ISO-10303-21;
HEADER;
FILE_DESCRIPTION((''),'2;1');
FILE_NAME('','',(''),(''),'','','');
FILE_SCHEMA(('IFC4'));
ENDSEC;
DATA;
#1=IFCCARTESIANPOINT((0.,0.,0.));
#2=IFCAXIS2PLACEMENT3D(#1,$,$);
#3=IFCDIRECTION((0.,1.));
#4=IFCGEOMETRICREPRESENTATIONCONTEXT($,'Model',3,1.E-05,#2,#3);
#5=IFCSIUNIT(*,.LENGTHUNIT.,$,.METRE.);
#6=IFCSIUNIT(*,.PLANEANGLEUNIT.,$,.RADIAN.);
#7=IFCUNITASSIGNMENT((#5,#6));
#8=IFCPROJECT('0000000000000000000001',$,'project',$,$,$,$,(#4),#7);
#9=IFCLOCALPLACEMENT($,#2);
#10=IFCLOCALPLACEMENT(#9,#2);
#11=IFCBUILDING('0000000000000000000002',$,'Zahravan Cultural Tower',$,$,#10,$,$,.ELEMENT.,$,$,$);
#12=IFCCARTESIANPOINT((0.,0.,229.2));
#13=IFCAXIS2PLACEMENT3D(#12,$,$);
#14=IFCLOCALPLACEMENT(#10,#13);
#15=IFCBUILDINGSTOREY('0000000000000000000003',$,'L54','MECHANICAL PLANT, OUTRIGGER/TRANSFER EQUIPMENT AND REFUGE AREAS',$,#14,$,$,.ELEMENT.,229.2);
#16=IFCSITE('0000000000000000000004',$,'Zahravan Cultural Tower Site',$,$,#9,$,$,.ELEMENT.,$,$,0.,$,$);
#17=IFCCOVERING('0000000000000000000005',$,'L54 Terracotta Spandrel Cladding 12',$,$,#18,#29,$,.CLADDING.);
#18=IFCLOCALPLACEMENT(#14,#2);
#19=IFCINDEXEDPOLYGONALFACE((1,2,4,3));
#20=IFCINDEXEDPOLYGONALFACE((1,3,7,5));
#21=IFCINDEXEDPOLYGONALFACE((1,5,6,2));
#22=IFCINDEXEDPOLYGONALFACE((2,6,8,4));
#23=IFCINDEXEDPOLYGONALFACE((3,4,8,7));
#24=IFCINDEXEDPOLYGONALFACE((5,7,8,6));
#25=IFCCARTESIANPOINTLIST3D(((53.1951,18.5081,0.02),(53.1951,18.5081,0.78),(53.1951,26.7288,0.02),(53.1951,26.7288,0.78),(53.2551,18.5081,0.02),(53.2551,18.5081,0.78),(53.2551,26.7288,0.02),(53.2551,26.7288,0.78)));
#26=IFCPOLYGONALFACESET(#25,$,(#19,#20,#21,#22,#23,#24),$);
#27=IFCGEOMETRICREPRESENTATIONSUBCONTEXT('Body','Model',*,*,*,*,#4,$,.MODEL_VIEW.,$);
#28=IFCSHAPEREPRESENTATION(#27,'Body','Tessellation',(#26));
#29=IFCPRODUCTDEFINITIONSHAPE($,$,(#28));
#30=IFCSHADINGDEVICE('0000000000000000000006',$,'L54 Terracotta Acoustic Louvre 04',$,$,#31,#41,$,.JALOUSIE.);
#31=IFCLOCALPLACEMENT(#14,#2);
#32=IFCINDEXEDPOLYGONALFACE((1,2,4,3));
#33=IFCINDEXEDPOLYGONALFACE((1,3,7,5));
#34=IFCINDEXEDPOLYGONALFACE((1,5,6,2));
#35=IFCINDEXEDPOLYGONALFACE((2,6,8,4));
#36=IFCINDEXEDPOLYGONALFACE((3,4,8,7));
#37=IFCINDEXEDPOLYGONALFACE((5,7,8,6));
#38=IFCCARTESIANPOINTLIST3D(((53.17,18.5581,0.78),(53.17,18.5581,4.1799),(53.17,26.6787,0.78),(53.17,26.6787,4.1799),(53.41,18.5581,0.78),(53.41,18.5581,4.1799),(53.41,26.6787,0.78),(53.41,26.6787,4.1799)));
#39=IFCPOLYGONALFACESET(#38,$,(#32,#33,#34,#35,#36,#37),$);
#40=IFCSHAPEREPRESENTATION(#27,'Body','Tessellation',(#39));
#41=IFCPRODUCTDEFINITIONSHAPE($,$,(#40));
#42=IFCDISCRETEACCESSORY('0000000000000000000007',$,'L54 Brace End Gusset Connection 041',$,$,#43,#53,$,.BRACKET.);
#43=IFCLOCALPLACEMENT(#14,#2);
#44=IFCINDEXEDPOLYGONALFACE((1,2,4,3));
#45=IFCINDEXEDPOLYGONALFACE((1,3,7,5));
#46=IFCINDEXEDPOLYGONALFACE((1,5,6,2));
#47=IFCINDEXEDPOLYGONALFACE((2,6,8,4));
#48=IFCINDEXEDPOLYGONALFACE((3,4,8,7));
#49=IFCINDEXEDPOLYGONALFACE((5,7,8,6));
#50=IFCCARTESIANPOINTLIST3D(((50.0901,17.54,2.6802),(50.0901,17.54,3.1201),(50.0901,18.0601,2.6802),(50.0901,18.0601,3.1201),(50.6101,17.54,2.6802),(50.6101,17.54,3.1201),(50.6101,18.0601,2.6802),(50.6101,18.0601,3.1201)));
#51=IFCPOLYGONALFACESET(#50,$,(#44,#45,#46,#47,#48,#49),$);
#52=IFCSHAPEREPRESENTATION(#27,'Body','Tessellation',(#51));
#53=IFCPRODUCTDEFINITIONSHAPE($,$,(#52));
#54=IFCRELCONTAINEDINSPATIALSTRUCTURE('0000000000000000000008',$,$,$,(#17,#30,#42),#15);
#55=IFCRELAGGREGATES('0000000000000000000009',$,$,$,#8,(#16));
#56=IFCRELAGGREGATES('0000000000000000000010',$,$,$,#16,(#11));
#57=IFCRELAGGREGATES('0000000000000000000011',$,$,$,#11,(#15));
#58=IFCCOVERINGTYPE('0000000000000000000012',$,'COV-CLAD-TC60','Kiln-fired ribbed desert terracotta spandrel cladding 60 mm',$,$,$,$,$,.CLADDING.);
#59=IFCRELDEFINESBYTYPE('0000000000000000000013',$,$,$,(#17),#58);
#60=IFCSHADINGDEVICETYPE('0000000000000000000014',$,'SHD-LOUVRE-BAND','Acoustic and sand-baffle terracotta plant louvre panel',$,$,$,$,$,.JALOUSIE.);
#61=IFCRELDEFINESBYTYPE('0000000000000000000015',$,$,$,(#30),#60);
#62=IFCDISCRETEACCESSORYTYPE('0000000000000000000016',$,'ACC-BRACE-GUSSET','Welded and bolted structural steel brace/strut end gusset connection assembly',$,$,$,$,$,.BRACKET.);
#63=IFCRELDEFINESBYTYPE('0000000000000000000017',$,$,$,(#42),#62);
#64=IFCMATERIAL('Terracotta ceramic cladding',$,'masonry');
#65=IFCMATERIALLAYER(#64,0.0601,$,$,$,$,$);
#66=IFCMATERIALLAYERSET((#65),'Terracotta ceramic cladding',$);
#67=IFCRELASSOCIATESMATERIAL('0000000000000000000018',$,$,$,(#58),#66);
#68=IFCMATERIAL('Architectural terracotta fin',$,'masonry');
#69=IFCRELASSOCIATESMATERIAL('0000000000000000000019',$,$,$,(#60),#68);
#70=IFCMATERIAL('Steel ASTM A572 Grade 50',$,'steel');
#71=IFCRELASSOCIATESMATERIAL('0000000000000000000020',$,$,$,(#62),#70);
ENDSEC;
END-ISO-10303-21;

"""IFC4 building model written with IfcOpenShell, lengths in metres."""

from ifc_helpers import new_model, si_unit, direction, frame, origin, origin_2d, place, context, subcontext, project, spatial, rectangle, extrude, source, transform, mapped, material, layer, layer_set, type_object, element, save


model = new_model("IFC4")

# Units and contexts
model_context = context("Model", 3, precision=1e-05, world=origin(), true_north=direction((0.0, 1.0)))
body_context = subcontext(model_context, "Body", "Model", "MODEL_VIEW")
ifc_project = project(units=[si_unit("LENGTHUNIT", "METRE"), si_unit("PLANEANGLEUNIT", "RADIAN")], contexts=[model_context])

# Site, building, storey
site_placement = place(None, origin())
site = spatial("IfcSite", under=ifc_project, at=site_placement, Name="Zahravan Cultural Tower Site", CompositionType="ELEMENT", RefElevation=0.0)
building_placement = place(site_placement, origin())
building = spatial("IfcBuilding", under=site, at=building_placement, Name="Zahravan Cultural Tower", CompositionType="ELEMENT")
storey_placement = place(building_placement, frame((0.0, 0.0, 229.2)))
storey = spatial("IfcBuildingStorey", under=building, at=storey_placement, Name="L54", Description="MECHANICAL PLANT, OUTRIGGER/TRANSFER EQUIPMENT AND REFUGE AREAS", CompositionType="ELEMENT", Elevation=229.2)

# Shared definitions
ifc_material_1 = material(Name="Steel ASTM A572 Grade 50", Category="steel")

# Covering
ifc_material_2 = material(Name="Terracotta ceramic cladding", Category="masonry")
ifc_layer_1 = layer(ifc_material_2, 0.0601)
ifc_layer_set_1 = layer_set([ifc_layer_1], Name="Terracotta ceramic cladding")
covering_type = type_object("IfcCoveringType", Name="COV-CLAD-TC60", Description="Kiln-fired ribbed desert terracotta spandrel cladding 60 mm", PredefinedType="CLADDING", material=ifc_layer_set_1)
shared_shape_1 = source(origin(), body_context, "Body", "SweptSolid", [
    extrude(rectangle(XDim=8.2207, YDim=0.0601, at=origin_2d()), origin(), (0.0, 0.0, 1.0), 0.76),
])
covering_placement = place(storey_placement, frame((53.2251, 22.6184, 0.02), z_axis=(0.0, 0.0, 1.0), x_axis=(0.0, -1.0, 0.0)))
element("IfcCovering", 1, at=covering_placement, inside=storey, type_object=covering_type, Name="L54 Terracotta Spandrel Cladding 12", PredefinedType="CLADDING", context=body_context, shape_type="MappedRepresentation", body=[
    mapped(shared_shape_1, transform((0.0, 0.0, 0.0), x_axis=(1.0, 0.0, 0.0), y_axis=(0.0, 1.0, 0.0), z_axis=(0.0, 0.0, 1.0), scale=1.0)),
])

# Shading device
ifc_material_3 = material(Name="Architectural terracotta fin", Category="masonry")
shading_device_type = type_object("IfcShadingDeviceType", Name="SHD-LOUVRE-BAND", Description="Acoustic and sand-baffle terracotta plant louvre panel", PredefinedType="JALOUSIE", material=ifc_material_3)
shared_shape_2 = source(origin(), body_context, "Body", "SweptSolid", [
    extrude(rectangle(XDim=8.1206, YDim=0.24, at=origin_2d()), origin(), (0.0, 0.0, 1.0), 3.3999),
])
shading_device_placement = place(storey_placement, frame((53.29, 22.6184, 0.78), z_axis=(0.0, 0.0, 1.0), x_axis=(0.0, -1.0, 0.0)))
element("IfcShadingDevice", 2, at=shading_device_placement, inside=storey, type_object=shading_device_type, Name="L54 Terracotta Acoustic Louvre 04", PredefinedType="JALOUSIE", context=body_context, shape_type="MappedRepresentation", body=[
    mapped(shared_shape_2, transform((0.0, 0.0, 0.0), x_axis=(1.0, 0.0, 0.0), y_axis=(0.0, 1.0, 0.0), z_axis=(0.0, 0.0, 1.0), scale=1.0)),
])

# Discrete accessory
discrete_accessory_type = type_object("IfcDiscreteAccessoryType", Name="ACC-BRACE-GUSSET", Description="Welded and bolted structural steel brace/strut end gusset connection assembly", PredefinedType="BRACKET", material=ifc_material_1)
shared_shape_3 = source(origin(), body_context, "Body", "SweptSolid", [
    extrude(rectangle(XDim=0.52, YDim=0.52, at=origin_2d()), origin(), (0.0, 0.0, 1.0), 0.4399),
])
discrete_accessory_placement = place(storey_placement, frame((50.3501, 17.8, 2.6802), z_axis=(0.0, 0.0, 1.0), x_axis=(1.0, 0.0, 0.0)))
element("IfcDiscreteAccessory", 3, at=discrete_accessory_placement, inside=storey, type_object=discrete_accessory_type, Name="L54 Brace End Gusset Connection 041", PredefinedType="BRACKET", context=body_context, shape_type="MappedRepresentation", body=[
    mapped(shared_shape_3, transform((0.0, 0.0, 0.0), x_axis=(1.0, 0.0, 0.0), y_axis=(0.0, 1.0, 0.0), z_axis=(0.0, 0.0, 1.0), scale=1.0)),
])

save(model, "model.ifc")
